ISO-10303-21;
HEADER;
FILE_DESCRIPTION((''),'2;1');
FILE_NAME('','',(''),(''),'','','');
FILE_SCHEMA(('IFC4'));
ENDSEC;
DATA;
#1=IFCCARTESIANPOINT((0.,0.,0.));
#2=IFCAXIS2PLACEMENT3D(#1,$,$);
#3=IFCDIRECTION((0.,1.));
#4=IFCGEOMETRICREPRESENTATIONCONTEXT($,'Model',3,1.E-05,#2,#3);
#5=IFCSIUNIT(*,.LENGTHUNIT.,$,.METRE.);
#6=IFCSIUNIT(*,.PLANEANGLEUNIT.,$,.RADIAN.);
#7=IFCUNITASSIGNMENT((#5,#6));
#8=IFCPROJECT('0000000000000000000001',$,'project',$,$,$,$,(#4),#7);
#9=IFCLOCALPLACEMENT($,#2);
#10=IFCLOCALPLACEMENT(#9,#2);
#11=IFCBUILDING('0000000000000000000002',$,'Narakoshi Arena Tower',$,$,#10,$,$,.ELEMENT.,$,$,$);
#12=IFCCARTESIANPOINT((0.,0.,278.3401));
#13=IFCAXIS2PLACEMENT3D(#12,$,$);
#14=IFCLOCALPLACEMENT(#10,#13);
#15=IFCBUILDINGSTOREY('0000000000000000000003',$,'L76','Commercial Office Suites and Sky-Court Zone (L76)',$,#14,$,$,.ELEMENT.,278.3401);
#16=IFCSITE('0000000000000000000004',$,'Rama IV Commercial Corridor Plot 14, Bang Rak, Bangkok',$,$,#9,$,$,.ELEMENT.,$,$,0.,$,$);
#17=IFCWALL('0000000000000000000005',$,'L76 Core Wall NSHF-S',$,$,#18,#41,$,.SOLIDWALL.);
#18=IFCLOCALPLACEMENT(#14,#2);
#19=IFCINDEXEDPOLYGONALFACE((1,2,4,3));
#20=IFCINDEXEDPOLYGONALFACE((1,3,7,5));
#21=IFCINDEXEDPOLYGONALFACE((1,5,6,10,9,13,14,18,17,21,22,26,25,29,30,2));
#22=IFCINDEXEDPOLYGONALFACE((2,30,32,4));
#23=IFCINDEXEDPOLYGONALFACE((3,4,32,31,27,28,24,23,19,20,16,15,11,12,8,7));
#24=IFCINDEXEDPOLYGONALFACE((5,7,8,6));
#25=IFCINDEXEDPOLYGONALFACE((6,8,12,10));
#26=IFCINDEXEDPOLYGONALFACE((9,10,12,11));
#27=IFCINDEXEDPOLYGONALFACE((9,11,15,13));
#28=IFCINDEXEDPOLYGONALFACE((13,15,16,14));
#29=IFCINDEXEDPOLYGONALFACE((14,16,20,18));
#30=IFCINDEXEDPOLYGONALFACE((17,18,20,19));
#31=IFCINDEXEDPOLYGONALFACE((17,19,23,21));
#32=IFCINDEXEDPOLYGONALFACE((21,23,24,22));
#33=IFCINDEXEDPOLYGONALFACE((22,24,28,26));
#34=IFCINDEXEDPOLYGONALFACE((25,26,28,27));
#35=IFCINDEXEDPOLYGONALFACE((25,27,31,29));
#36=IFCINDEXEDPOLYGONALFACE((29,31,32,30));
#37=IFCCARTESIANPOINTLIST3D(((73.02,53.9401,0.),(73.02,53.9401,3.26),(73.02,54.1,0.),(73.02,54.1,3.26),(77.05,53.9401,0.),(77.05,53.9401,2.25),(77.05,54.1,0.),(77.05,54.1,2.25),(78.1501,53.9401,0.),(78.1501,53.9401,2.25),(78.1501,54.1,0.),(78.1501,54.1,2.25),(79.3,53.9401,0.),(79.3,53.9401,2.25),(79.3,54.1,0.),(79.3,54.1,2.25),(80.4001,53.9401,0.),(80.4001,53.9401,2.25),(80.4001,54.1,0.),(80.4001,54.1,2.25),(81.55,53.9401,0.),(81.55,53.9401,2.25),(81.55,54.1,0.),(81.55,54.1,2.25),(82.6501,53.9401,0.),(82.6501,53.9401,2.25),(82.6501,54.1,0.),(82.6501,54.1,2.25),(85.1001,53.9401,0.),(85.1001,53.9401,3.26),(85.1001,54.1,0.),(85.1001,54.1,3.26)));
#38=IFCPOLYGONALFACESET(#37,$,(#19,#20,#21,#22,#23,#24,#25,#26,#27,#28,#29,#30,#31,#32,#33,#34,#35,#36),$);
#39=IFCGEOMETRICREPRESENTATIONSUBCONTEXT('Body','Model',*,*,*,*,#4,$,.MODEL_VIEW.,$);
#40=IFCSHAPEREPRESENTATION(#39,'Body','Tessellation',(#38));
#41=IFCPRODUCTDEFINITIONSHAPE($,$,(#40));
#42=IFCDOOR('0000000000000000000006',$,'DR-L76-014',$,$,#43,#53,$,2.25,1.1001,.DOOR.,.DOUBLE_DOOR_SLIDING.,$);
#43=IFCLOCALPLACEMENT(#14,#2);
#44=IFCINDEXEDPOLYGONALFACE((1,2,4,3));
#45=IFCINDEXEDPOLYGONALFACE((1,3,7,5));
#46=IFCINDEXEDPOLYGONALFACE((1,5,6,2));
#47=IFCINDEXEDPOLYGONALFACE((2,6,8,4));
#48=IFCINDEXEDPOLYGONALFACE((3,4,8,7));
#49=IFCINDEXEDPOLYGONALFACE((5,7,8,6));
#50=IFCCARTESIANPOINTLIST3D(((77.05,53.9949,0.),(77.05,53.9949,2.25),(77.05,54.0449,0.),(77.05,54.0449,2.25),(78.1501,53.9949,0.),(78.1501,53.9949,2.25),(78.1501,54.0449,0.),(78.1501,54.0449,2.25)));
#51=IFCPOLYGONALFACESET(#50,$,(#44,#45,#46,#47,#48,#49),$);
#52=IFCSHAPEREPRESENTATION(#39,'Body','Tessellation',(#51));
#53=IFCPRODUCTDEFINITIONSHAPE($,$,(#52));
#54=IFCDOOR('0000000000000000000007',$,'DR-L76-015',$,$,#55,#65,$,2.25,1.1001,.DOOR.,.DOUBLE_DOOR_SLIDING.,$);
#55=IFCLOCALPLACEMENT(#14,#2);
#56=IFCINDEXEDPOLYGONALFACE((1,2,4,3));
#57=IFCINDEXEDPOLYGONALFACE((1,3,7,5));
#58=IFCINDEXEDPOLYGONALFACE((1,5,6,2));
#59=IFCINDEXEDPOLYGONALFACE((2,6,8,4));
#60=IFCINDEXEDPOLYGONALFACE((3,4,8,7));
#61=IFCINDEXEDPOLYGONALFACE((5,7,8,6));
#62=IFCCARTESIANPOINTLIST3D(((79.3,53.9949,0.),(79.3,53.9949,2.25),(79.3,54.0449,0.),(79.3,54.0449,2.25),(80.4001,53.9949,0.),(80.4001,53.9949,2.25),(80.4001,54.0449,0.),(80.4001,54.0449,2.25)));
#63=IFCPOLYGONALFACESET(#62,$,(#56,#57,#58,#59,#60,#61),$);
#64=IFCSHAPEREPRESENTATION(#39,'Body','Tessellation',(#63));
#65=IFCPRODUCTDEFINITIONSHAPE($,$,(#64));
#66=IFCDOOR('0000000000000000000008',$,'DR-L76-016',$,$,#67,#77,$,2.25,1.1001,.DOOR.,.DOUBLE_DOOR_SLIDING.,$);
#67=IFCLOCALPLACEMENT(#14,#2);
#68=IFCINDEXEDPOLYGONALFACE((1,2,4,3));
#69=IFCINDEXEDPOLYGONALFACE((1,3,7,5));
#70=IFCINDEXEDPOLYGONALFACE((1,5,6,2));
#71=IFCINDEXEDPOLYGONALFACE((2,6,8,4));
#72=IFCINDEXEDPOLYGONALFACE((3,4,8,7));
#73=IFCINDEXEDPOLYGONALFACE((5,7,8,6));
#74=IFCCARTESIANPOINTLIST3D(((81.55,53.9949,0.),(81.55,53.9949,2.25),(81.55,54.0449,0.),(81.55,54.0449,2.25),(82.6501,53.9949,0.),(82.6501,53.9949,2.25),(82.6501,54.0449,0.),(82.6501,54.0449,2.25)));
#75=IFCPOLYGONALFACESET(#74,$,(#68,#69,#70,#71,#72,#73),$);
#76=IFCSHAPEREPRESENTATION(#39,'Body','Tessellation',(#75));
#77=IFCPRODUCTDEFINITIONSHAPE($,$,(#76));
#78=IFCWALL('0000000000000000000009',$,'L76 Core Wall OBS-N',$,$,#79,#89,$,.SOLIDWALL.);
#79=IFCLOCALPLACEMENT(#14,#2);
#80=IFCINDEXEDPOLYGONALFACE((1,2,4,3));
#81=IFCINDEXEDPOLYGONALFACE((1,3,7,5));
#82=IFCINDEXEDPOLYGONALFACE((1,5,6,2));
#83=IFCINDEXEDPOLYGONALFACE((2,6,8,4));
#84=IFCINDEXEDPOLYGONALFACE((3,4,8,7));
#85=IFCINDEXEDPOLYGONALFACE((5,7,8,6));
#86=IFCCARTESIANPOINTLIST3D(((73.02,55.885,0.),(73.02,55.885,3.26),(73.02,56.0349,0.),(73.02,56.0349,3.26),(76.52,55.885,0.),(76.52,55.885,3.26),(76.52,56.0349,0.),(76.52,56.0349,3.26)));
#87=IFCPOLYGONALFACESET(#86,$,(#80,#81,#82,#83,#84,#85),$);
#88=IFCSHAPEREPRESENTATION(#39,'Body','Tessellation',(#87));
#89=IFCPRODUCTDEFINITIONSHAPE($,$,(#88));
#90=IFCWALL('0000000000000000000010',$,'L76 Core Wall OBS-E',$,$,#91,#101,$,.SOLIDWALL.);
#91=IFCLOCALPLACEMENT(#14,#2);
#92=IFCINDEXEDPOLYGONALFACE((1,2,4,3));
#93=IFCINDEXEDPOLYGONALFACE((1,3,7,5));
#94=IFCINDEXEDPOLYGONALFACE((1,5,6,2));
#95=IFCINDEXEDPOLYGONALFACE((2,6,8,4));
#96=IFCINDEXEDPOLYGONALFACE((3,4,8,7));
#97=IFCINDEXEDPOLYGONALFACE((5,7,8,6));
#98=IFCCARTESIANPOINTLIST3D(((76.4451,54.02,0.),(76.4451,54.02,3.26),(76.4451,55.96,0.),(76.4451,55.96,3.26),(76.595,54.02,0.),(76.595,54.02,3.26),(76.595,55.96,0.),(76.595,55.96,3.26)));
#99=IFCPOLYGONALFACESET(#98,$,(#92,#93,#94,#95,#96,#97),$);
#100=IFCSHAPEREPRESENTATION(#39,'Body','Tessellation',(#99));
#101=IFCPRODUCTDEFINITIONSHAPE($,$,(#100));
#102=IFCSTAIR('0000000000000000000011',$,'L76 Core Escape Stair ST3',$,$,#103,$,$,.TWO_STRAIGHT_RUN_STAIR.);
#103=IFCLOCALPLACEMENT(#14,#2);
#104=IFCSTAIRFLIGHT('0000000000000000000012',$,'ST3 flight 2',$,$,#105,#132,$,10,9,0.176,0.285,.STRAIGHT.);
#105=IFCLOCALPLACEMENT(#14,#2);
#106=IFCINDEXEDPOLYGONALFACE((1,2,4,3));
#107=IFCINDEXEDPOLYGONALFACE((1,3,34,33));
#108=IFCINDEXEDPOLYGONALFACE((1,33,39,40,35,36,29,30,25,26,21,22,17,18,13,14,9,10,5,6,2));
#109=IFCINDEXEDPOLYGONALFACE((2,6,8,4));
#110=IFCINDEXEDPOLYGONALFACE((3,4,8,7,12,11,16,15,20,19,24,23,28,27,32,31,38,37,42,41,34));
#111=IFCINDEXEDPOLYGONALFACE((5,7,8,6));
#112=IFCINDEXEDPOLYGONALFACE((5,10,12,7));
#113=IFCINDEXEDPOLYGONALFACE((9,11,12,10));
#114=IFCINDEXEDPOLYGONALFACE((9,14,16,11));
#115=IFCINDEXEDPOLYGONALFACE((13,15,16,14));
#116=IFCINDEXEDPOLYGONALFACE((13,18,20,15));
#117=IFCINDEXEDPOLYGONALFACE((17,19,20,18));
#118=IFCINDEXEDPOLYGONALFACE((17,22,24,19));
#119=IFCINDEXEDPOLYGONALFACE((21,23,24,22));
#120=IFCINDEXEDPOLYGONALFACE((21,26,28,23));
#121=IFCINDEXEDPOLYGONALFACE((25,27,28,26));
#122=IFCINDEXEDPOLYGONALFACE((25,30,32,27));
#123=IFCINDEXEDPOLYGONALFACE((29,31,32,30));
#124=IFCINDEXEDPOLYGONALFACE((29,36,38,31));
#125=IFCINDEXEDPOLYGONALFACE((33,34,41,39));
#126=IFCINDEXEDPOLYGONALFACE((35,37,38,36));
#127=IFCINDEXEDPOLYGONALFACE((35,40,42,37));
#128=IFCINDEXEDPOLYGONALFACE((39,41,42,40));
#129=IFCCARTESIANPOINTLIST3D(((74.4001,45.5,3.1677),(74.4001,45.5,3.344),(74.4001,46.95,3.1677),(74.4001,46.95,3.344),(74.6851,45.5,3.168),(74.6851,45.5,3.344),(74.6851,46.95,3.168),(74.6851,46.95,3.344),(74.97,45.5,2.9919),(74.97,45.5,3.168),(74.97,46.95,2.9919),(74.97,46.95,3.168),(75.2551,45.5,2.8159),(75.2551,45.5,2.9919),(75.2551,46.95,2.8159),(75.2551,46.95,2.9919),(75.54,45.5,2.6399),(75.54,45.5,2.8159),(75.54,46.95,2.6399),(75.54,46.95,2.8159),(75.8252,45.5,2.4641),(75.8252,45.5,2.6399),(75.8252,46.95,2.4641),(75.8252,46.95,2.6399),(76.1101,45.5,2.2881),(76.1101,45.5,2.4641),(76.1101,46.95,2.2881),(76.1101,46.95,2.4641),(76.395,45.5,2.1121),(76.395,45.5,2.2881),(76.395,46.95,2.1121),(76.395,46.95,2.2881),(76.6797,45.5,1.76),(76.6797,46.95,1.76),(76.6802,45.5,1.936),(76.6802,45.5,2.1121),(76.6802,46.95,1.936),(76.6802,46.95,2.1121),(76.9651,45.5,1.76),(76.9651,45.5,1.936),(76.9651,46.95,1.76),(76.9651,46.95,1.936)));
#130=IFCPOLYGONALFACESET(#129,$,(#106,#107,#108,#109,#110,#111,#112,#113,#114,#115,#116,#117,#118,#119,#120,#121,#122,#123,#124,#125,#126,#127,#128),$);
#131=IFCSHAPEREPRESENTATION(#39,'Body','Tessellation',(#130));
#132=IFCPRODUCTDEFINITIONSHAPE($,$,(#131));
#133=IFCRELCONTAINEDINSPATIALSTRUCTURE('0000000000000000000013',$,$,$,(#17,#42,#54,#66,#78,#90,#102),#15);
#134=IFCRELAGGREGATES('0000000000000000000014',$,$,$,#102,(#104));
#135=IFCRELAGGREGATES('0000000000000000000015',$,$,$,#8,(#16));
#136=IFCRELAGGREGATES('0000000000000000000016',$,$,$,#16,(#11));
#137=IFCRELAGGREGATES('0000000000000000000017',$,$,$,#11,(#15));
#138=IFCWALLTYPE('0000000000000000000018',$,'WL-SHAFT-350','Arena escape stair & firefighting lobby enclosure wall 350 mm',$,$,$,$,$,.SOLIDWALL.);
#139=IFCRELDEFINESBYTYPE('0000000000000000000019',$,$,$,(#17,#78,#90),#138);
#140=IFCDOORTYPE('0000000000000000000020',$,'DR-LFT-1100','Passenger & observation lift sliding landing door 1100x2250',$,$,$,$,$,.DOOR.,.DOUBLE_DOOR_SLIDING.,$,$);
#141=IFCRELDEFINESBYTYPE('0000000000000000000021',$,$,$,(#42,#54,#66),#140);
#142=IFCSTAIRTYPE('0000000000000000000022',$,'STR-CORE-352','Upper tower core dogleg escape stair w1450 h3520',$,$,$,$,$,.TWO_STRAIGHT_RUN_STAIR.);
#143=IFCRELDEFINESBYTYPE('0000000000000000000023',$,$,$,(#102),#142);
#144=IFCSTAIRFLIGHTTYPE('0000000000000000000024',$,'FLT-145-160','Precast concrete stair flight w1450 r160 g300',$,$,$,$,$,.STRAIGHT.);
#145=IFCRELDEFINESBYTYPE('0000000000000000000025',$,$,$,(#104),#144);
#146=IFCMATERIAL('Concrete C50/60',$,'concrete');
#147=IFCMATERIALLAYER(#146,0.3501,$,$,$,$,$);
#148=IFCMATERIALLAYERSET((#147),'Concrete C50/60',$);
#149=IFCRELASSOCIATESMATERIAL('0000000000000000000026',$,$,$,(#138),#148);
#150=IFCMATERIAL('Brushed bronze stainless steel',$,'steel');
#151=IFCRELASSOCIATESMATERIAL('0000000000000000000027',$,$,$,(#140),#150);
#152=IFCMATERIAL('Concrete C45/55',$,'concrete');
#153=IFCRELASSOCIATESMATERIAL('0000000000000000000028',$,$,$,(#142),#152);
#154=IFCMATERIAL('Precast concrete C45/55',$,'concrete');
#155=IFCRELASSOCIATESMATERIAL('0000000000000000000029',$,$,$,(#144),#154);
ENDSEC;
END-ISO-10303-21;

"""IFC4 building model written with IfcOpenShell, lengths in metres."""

from ifc_helpers import new_model, si_unit, direction, frame, frame_2d, origin, place, context, subcontext, project, spatial, polyline, rectangle, outline, extrude, material, layer, layer_set, type_object, element, fill, aggregate, save


model = new_model("IFC4")

# Units and contexts
model_context = context("Model", 3, precision=1e-05, world=origin(), true_north=direction((0.0, 1.0)))
body_context = subcontext(model_context, "Body", "Model", "MODEL_VIEW")
ifc_project = project(units=[si_unit("LENGTHUNIT", "METRE"), si_unit("PLANEANGLEUNIT", "RADIAN")], contexts=[model_context])

# Site, building, storey
site_placement = place(None, origin())
site = spatial("IfcSite", under=ifc_project, at=site_placement, Name="Rama IV Commercial Corridor Plot 14, Bang Rak, Bangkok", CompositionType="ELEMENT", RefElevation=0.0)
building_placement = place(site_placement, origin())
building = spatial("IfcBuilding", under=site, at=building_placement, Name="Narakoshi Arena Tower", CompositionType="ELEMENT")
storey_placement = place(building_placement, frame((0.0, 0.0, 278.3401)))
storey = spatial("IfcBuildingStorey", under=building, at=storey_placement, Name="L76", Description="Commercial Office Suites and Sky-Court Zone (L76)", CompositionType="ELEMENT", Elevation=278.3401)

# Shared definitions
ifc_material_1 = material(Name="Concrete C50/60", Category="concrete")
ifc_layer_1 = layer(ifc_material_1, 0.3501)
ifc_layer_set_1 = layer_set([ifc_layer_1], Name="Concrete C50/60")
wall_type_1 = type_object("IfcWallType", Name="WL-SHAFT-350", Description="Arena escape stair & firefighting lobby enclosure wall 350 mm", PredefinedType="SOLIDWALL", material=ifc_layer_set_1)

# Wall, openings, doors
wall_1_placement = place(storey_placement, frame((73.02, 54.02, 0.0), z_axis=(0.0, 0.0, 1.0), x_axis=(1.0, 0.0, 0.0)))
wall_1 = element("IfcWall", 1, at=wall_1_placement, inside=storey, type_object=wall_type_1, Name="L76 Core Wall NSHF-S", PredefinedType="SOLIDWALL", context=body_context, shape_type="SweptSolid", body=[
    extrude(rectangle(XDim=12.0801, YDim=0.1599, at=frame_2d((6.04, 0.0))), origin(), (0.0, 0.0, 1.0), 3.26),
])
opening_1_placement = place(wall_1_placement, frame((4.03, 0.0, 0.0)))
opening_1 = element("IfcOpeningElement", 2, at=opening_1_placement, cuts=wall_1, PredefinedType="OPENING", context=body_context, shape_type="SweptSolid", body=[
    extrude(rectangle(XDim=1.1001, YDim=2.25, at=frame_2d((0.55, 1.125))), frame((0.0, 0.0898, 0.0), z_axis=(0.0, -1.0, 0.0), x_axis=(1.0, 0.0, 0.0)), (0.0, 0.0, 1.0), 0.1799),
])
opening_2_placement = place(wall_1_placement, frame((6.28, 0.0, 0.0)))
opening_2 = element("IfcOpeningElement", 3, at=opening_2_placement, cuts=wall_1, PredefinedType="OPENING", context=body_context, shape_type="SweptSolid", body=[
    extrude(rectangle(XDim=1.1001, YDim=2.25, at=frame_2d((0.55, 1.125))), frame((0.0, 0.0898, 0.0), z_axis=(0.0, -1.0, 0.0), x_axis=(1.0, 0.0, 0.0)), (0.0, 0.0, 1.0), 0.1799),
])
opening_3_placement = place(wall_1_placement, frame((8.53, 0.0, 0.0)))
opening_3 = element("IfcOpeningElement", 4, at=opening_3_placement, cuts=wall_1, PredefinedType="OPENING", context=body_context, shape_type="SweptSolid", body=[
    extrude(rectangle(XDim=1.1001, YDim=2.25, at=frame_2d((0.55, 1.125))), frame((0.0, 0.0898, 0.0), z_axis=(0.0, -1.0, 0.0), x_axis=(1.0, 0.0, 0.0)), (0.0, 0.0, 1.0), 0.1799),
])
ifc_material_2 = material(Name="Brushed bronze stainless steel", Category="steel")
door_type_1 = type_object("IfcDoorType", Name="DR-LFT-1100", Description="Passenger & observation lift sliding landing door 1100x2250", OperationType="DOUBLE_DOOR_SLIDING", PredefinedType="DOOR", material=ifc_material_2)
door_1_placement = place(opening_1_placement, origin())
door_1 = element("IfcDoor", 5, at=door_1_placement, inside=storey, type_object=door_type_1, Name="DR-L76-014", OperationType="DOUBLE_DOOR_SLIDING", OverallHeight=2.25, OverallWidth=1.1001, PredefinedType="DOOR", context=body_context, shape_type="SweptSolid", body=[
    extrude(rectangle(XDim=1.1001, YDim=2.25, at=frame_2d((0.55, 1.125))), frame((0.0, 0.0249, 0.0), z_axis=(0.0, -1.0, 0.0), x_axis=(1.0, 0.0, 0.0)), (0.0, 0.0, 1.0), 0.05),
])
fill(opening_1, door_1)
door_2_placement = place(opening_2_placement, origin())
door_2 = element("IfcDoor", 6, at=door_2_placement, inside=storey, type_object=door_type_1, Name="DR-L76-015", OperationType="DOUBLE_DOOR_SLIDING", OverallHeight=2.25, OverallWidth=1.1001, PredefinedType="DOOR", context=body_context, shape_type="SweptSolid", body=[
    extrude(rectangle(XDim=1.1001, YDim=2.25, at=frame_2d((0.55, 1.125))), frame((0.0, 0.0249, 0.0), z_axis=(0.0, -1.0, 0.0), x_axis=(1.0, 0.0, 0.0)), (0.0, 0.0, 1.0), 0.05),
])
fill(opening_2, door_2)
door_3_placement = place(opening_3_placement, origin())
door_3 = element("IfcDoor", 7, at=door_3_placement, inside=storey, type_object=door_type_1, Name="DR-L76-016", OperationType="DOUBLE_DOOR_SLIDING", OverallHeight=2.25, OverallWidth=1.1001, PredefinedType="DOOR", context=body_context, shape_type="SweptSolid", body=[
    extrude(rectangle(XDim=1.1001, YDim=2.25, at=frame_2d((0.55, 1.125))), frame((0.0, 0.0249, 0.0), z_axis=(0.0, -1.0, 0.0), x_axis=(1.0, 0.0, 0.0)), (0.0, 0.0, 1.0), 0.05),
])
fill(opening_3, door_3)

# Walls
wall_2_placement = place(storey_placement, frame((73.02, 55.96, 0.0), z_axis=(0.0, 0.0, 1.0), x_axis=(1.0, 0.0, 0.0)))
element("IfcWall", 8, at=wall_2_placement, inside=storey, type_object=wall_type_1, Name="L76 Core Wall OBS-N", PredefinedType="SOLIDWALL", context=body_context, shape_type="SweptSolid", body=[
    extrude(rectangle(XDim=3.5, YDim=0.1499, at=frame_2d((1.75, 0.0))), origin(), (0.0, 0.0, 1.0), 3.26),
])
wall_3_placement = place(storey_placement, frame((76.52, 54.02, 0.0), z_axis=(0.0, 0.0, 1.0), x_axis=(0.0, 1.0, 0.0)))
element("IfcWall", 9, at=wall_3_placement, inside=storey, type_object=wall_type_1, Name="L76 Core Wall OBS-E", PredefinedType="SOLIDWALL", context=body_context, shape_type="SweptSolid", body=[
    extrude(rectangle(XDim=1.9399, YDim=0.1499, at=frame_2d((0.97, 0.0))), origin(), (0.0, 0.0, 1.0), 3.26),
])

# Stair, stair flight
ifc_material_3 = material(Name="Concrete C45/55", Category="concrete")
stair_type = type_object("IfcStairType", Name="STR-CORE-352", Description="Upper tower core dogleg escape stair w1450 h3520", PredefinedType="TWO_STRAIGHT_RUN_STAIR", material=ifc_material_3)
stair_placement = place(storey_placement, origin())
stair = element("IfcStair", 10, at=stair_placement, inside=storey, type_object=stair_type, Name="L76 Core Escape Stair ST3", PredefinedType="TWO_STRAIGHT_RUN_STAIR")
ifc_material_4 = material(Name="Precast concrete C45/55", Category="concrete")
stair_flight_type = type_object("IfcStairFlightType", Name="FLT-145-160", Description="Precast concrete stair flight w1450 r160 g300", PredefinedType="STRAIGHT", material=ifc_material_4)
stair_flight_placement = place(storey_placement, frame((76.9651, 46.2251, 1.76), z_axis=(0.0, 0.0, 1.0), x_axis=(-1.0, 0.0, 0.0)))
stair_flight = element("IfcStairFlight", 11, at=stair_flight_placement, type_object=stair_flight_type, Name="ST3 flight 2", NumberOfRisers=10, NumberOfTreads=9, PredefinedType="STRAIGHT", RiserHeight=0.176, TreadLength=0.285, context=body_context, shape_type="SweptSolid", body=[
    extrude(outline(polyline([(0.0, 0.0), (0.0, 0.176), (0.2849, 0.176), (0.2849, 0.3521), (0.5701, 0.3521), (0.5701, 0.5281), (0.855, 0.5281), (0.855, 0.7041), (1.1399, 0.7041), (1.1399, 0.8799), (1.425, 0.8799), (1.425, 1.0559), (1.71, 1.0559), (1.71, 1.2319), (1.9951, 1.2319), (1.9951, 1.408), (2.28, 1.408), (2.28, 1.584), (2.5649, 1.584), (2.5649, 1.76), (2.5649, 1.4077), (0.2854, 0.0), (0.0, 0.0)])), frame((0.0, 0.7251, 0.0), z_axis=(0.0, -1.0, 0.0), x_axis=(1.0, 0.0, 0.0)), (0.0, 0.0, 1.0), 1.45),
])
aggregate(stair, [stair_flight])

save(model, "model.ifc")
